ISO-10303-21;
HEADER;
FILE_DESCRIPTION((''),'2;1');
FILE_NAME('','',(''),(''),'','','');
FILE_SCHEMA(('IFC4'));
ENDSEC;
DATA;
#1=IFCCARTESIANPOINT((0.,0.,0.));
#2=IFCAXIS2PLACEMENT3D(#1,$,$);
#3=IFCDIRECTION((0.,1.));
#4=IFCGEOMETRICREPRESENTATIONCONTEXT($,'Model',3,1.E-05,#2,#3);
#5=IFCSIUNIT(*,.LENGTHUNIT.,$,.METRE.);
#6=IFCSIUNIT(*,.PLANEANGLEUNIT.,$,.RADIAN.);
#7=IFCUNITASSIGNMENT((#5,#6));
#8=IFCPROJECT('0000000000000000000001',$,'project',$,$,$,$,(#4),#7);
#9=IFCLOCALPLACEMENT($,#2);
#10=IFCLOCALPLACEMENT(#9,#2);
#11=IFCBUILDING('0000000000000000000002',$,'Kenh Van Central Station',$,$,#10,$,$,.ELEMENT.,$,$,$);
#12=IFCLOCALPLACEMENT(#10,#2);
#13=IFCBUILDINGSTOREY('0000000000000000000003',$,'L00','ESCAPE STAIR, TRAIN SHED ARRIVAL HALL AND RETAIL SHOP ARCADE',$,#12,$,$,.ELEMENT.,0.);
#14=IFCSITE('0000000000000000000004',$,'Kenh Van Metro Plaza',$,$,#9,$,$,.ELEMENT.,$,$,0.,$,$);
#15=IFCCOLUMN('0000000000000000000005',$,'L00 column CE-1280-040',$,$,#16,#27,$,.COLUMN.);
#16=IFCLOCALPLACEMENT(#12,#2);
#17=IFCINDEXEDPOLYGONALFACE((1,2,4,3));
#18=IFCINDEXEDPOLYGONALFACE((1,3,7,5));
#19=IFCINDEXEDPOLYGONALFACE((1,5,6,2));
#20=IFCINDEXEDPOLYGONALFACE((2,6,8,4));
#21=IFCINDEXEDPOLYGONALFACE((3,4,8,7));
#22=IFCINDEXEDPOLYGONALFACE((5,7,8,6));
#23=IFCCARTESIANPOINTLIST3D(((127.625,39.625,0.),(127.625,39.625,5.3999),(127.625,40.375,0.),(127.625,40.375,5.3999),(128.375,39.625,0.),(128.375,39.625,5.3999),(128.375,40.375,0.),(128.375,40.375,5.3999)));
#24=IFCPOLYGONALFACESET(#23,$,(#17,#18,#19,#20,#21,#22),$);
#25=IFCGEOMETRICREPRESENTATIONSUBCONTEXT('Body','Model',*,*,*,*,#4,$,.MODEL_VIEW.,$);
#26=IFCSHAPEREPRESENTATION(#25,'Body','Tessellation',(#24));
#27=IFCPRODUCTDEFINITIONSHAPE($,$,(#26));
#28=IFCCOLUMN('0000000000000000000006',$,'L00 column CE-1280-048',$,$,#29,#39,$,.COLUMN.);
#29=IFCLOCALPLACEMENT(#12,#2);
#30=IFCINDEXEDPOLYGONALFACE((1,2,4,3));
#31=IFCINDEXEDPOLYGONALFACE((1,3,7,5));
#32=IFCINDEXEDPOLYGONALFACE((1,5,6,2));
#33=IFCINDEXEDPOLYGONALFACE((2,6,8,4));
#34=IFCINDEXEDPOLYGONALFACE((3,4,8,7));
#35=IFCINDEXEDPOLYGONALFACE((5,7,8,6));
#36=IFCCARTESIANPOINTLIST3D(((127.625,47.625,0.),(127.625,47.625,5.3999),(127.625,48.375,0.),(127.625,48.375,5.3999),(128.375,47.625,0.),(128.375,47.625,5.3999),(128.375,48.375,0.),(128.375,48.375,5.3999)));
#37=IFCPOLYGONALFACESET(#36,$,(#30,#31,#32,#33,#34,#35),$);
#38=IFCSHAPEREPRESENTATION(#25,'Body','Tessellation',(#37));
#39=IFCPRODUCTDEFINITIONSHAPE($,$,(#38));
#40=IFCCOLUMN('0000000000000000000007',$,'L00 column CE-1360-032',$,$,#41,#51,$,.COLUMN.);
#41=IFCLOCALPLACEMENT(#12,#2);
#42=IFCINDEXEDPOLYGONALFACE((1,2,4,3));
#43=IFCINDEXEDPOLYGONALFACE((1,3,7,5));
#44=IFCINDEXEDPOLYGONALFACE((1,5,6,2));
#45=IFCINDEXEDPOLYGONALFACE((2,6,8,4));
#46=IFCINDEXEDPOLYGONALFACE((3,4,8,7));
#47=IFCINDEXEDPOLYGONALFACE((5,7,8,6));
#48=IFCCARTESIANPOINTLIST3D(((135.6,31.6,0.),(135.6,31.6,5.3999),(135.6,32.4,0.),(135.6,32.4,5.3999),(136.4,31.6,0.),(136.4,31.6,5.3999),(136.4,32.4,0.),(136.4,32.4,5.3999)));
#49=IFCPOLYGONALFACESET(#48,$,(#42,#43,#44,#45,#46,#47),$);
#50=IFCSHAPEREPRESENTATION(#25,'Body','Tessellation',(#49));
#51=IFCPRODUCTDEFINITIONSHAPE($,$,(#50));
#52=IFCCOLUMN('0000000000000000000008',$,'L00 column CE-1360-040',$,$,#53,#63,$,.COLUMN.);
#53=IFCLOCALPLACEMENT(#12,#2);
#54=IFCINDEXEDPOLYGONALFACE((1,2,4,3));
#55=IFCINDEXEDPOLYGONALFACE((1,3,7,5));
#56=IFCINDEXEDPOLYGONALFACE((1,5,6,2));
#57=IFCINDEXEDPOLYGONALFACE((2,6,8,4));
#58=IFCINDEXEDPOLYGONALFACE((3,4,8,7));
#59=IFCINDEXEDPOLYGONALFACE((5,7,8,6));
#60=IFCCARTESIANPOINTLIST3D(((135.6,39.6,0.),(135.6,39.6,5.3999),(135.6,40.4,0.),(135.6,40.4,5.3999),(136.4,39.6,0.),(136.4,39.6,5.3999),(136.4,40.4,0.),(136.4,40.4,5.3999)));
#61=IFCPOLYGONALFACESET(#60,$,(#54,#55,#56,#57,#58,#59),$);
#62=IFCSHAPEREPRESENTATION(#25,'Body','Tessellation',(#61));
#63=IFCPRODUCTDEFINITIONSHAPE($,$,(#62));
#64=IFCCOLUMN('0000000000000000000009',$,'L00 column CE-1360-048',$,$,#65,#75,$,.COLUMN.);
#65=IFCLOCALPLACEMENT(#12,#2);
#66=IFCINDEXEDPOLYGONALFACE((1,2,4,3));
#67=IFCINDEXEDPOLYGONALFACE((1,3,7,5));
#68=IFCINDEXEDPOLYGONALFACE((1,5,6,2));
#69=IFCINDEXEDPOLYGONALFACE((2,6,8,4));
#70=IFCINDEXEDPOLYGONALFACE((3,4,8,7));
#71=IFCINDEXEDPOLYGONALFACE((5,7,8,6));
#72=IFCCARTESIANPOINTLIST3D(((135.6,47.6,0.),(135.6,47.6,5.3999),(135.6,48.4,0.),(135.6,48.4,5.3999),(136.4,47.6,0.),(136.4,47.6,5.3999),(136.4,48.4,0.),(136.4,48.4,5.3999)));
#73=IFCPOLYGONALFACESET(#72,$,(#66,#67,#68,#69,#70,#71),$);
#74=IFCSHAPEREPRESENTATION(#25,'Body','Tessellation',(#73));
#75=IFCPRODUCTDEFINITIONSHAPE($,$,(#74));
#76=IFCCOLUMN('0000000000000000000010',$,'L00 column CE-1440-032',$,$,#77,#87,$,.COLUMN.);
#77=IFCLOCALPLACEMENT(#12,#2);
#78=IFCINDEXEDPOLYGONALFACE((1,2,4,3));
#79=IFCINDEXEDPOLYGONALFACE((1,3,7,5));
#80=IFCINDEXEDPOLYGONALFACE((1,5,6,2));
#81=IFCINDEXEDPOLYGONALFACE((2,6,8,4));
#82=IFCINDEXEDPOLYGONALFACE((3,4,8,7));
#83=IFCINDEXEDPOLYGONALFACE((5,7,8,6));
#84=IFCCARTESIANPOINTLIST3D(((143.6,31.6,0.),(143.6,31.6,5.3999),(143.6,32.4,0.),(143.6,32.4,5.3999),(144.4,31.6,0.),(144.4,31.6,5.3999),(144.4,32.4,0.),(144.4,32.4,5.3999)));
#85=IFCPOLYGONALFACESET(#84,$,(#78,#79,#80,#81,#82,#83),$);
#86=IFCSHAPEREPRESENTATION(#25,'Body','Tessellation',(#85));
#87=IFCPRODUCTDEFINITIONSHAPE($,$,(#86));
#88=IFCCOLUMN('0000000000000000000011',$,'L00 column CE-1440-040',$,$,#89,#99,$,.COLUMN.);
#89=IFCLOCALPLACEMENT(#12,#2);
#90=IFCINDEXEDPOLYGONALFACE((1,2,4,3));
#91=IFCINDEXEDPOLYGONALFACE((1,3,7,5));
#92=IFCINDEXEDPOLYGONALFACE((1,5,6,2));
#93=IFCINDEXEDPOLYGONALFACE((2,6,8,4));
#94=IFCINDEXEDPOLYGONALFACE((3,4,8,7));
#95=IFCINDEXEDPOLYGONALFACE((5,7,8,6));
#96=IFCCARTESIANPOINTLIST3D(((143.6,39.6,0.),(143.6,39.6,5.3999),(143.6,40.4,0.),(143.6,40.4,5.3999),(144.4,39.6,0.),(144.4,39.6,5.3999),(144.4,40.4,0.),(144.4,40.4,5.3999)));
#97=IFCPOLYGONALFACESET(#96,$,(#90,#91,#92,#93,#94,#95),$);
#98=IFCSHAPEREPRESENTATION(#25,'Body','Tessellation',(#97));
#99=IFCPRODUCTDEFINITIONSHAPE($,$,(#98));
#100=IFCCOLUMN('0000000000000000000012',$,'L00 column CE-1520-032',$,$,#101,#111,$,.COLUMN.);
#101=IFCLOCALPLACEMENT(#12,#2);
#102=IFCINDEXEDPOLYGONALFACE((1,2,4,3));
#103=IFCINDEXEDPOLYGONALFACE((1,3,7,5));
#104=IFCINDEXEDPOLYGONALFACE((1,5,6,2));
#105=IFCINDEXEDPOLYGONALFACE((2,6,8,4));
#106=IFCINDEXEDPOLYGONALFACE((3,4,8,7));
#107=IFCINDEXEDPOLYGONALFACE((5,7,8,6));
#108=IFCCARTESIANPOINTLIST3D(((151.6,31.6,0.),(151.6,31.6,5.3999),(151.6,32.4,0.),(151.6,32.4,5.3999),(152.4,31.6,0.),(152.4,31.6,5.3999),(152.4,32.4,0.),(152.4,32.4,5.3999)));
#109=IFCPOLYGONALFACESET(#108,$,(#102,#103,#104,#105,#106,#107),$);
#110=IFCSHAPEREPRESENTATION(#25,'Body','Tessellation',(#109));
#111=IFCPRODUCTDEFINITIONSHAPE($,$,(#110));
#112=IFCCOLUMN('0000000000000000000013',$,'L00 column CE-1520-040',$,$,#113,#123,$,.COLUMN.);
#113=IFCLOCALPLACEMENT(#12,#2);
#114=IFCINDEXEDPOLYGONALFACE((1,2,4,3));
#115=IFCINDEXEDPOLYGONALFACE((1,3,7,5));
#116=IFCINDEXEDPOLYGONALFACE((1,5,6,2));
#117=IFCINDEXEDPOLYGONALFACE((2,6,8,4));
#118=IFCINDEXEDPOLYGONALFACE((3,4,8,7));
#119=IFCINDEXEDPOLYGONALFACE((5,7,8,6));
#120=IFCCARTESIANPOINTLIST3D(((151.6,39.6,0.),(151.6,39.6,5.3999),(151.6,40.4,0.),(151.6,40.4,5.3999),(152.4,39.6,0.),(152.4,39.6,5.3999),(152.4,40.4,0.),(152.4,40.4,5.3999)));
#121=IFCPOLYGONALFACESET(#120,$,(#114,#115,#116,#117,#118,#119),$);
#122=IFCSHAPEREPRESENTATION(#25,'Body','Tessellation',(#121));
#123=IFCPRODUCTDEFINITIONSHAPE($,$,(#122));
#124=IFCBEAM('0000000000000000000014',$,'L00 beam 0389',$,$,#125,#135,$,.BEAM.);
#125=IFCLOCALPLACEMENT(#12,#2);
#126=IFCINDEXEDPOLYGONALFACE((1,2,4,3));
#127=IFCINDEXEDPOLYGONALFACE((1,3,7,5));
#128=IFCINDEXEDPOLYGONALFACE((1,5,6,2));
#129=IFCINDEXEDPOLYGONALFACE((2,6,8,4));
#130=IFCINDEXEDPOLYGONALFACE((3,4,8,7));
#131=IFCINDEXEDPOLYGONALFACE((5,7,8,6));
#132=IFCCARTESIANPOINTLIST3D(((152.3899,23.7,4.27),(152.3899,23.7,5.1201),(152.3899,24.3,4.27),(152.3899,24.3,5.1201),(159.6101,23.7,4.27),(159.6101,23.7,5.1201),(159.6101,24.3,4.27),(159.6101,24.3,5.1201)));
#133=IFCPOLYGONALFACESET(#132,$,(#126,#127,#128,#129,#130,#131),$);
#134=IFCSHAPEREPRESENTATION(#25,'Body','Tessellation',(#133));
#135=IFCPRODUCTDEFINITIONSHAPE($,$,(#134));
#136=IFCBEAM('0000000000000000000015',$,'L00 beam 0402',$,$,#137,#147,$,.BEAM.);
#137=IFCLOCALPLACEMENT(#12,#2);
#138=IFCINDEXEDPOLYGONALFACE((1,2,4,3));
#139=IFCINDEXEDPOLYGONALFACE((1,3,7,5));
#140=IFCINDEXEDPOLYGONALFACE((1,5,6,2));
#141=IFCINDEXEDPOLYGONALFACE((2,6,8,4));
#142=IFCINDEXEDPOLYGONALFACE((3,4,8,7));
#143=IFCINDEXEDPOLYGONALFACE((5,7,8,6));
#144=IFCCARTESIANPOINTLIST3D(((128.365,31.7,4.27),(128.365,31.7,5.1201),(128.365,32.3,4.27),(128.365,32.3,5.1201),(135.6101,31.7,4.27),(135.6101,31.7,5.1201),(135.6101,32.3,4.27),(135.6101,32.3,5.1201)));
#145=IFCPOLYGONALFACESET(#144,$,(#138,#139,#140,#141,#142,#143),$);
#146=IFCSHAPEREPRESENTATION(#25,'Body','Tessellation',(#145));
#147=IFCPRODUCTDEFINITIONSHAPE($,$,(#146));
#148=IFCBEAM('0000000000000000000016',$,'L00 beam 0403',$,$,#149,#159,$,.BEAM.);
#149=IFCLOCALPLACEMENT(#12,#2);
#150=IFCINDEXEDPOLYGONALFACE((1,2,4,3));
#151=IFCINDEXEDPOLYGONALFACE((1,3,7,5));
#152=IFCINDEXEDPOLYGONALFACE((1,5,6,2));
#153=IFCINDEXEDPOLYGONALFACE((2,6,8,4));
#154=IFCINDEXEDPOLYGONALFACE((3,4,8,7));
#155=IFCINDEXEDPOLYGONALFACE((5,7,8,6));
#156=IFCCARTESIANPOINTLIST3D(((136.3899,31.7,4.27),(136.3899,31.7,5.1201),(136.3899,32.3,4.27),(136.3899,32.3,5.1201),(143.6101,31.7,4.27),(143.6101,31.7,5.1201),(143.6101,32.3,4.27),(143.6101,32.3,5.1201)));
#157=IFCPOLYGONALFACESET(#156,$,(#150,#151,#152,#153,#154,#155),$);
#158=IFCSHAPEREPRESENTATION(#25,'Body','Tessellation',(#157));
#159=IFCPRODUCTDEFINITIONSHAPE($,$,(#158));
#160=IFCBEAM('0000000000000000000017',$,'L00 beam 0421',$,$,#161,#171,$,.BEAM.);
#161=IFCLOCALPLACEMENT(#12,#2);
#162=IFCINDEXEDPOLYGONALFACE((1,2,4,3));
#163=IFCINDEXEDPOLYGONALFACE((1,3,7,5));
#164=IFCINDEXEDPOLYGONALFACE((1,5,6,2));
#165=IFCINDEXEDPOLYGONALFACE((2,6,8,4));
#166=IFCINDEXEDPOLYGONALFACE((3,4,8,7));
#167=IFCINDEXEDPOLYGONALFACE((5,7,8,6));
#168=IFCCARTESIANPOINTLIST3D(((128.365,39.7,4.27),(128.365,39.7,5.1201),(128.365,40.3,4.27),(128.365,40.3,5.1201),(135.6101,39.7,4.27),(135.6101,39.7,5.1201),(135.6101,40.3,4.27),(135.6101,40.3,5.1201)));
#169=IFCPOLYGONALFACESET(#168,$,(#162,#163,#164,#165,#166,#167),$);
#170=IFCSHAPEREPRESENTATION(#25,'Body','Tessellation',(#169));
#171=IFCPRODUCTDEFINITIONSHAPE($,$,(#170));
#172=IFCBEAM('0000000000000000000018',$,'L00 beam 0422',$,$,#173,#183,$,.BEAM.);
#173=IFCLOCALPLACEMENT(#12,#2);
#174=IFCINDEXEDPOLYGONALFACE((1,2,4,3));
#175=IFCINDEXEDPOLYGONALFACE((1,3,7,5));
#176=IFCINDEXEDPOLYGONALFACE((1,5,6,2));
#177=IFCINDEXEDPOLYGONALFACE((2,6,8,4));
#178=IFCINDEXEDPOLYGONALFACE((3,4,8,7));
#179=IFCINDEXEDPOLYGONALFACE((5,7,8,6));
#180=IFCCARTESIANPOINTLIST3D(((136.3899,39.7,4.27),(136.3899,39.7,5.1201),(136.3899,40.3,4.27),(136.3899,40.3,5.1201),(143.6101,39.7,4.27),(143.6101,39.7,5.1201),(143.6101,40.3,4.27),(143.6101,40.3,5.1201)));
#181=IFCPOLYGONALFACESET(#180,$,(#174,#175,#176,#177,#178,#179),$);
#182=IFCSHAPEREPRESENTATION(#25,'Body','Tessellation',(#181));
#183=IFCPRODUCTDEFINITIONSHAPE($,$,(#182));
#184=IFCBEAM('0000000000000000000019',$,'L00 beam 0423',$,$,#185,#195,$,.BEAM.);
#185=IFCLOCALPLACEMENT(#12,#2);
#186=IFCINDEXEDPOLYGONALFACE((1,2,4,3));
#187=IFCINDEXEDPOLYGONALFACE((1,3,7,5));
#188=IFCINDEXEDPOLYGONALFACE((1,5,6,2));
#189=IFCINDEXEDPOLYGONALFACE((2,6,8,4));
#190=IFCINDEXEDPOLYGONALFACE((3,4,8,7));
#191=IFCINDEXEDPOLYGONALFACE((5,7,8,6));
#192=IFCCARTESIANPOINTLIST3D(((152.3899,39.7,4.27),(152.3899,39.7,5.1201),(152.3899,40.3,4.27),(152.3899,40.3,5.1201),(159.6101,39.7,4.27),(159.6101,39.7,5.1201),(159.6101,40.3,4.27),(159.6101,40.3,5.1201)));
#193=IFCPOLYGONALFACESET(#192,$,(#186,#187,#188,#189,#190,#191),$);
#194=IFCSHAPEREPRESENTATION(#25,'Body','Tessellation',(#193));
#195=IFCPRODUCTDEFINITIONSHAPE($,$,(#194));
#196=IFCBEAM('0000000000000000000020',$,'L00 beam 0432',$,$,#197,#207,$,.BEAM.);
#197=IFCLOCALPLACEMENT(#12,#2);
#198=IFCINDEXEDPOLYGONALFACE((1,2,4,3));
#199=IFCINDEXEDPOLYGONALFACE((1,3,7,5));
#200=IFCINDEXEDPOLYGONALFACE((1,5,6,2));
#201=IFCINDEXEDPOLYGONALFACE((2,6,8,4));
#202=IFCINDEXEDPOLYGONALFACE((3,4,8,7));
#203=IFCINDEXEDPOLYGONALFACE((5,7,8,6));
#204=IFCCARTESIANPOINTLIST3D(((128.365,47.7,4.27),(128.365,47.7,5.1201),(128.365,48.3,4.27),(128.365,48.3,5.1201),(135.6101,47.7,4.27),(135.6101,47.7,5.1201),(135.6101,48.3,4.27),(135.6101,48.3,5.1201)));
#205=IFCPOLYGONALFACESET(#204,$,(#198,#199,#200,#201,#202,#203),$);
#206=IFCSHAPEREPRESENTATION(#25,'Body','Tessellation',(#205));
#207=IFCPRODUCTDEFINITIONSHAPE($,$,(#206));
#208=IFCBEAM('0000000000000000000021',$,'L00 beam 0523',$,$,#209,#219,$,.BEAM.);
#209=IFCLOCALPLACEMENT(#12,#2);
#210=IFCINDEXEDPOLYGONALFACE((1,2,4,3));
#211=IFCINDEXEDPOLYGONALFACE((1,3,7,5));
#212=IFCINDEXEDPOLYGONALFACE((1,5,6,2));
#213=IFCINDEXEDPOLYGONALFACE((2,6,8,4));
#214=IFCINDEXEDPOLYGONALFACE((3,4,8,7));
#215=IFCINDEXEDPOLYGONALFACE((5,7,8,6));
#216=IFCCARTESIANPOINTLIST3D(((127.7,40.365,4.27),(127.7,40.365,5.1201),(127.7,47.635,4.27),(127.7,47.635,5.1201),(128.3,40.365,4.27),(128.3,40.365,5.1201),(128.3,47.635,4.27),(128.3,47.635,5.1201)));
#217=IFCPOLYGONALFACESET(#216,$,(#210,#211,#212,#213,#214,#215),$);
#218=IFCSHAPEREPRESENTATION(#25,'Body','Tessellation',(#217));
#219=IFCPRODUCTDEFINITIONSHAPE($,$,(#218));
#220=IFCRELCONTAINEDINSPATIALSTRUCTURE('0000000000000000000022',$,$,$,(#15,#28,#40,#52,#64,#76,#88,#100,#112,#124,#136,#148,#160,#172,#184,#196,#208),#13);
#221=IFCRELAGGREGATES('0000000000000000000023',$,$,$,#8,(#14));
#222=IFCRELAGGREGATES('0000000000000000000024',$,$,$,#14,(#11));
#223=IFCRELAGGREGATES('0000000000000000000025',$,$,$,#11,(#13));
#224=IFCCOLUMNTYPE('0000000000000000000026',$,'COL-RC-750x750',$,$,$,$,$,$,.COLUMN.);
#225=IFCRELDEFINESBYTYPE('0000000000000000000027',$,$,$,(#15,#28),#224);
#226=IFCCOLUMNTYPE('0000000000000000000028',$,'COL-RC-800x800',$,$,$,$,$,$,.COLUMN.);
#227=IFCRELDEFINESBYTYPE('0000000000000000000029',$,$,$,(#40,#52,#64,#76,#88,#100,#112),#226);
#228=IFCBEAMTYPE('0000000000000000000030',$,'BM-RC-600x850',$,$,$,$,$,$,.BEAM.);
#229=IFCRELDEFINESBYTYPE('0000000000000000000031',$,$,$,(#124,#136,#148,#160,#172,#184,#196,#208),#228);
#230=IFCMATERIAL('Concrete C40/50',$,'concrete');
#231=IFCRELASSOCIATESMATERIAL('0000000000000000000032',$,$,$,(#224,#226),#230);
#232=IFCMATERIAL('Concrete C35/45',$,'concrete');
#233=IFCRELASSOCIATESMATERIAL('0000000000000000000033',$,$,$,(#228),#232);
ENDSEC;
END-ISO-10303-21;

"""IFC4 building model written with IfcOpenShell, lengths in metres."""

from ifc_helpers import new_model, si_unit, direction, frame, origin, origin_2d, place, context, subcontext, project, spatial, rectangle, extrude, material, material_profile, profile_set, type_object, element, save


model = new_model("IFC4")

# Units and contexts
model_context = context("Model", 3, precision=1e-05, world=origin(), true_north=direction((0.0, 1.0)))
body_context = subcontext(model_context, "Body", "Model", "MODEL_VIEW")
ifc_project = project(units=[si_unit("LENGTHUNIT", "METRE"), si_unit("PLANEANGLEUNIT", "RADIAN")], contexts=[model_context])

# Site, building, storey
site_placement = place(None, origin())
site = spatial("IfcSite", under=ifc_project, at=site_placement, Name="Kenh Van Metro Plaza", CompositionType="ELEMENT", RefElevation=0.0)
building_placement = place(site_placement, origin())
building = spatial("IfcBuilding", under=site, at=building_placement, Name="Kenh Van Central Station", CompositionType="ELEMENT")
storey_placement = place(building_placement, origin())
storey = spatial("IfcBuildingStorey", under=building, at=storey_placement, Name="L00", Description="ESCAPE STAIR, TRAIN SHED ARRIVAL HALL AND RETAIL SHOP ARCADE", CompositionType="ELEMENT", Elevation=0.0)

# Columns
ifc_material_1 = material(Name="Concrete C40/50", Category="concrete")
ifc_material_profile_1 = material_profile(ifc_material_1, rectangle(XDim=0.75, YDim=0.75, at=origin_2d()), Name="RC 750x750")
ifc_profile_set_1 = profile_set([ifc_material_profile_1], Name="Concrete C40/50")
column_type_1 = type_object("IfcColumnType", Name="COL-RC-750x750", PredefinedType="COLUMN", material=ifc_profile_set_1)
for number, where, z_axis, x_axis, name in (
    (1, (128.0, 40.0, 0.0), (0.0, 0.0, 1.0), (1.0, 0.0, 0.0), "L00 column CE-1280-040"),
    (2, (128.0, 48.0, 0.0), (0.0, 0.0, 1.0), (1.0, 0.0, 0.0), "L00 column CE-1280-048"),
):
    element("IfcColumn", number, at=place(storey_placement, frame(where, z_axis=z_axis, x_axis=x_axis)), inside=storey, type_object=column_type_1, Name=name, PredefinedType="COLUMN", context=body_context, shape_type="SweptSolid", body=[
        extrude(rectangle(XDim=0.75, YDim=0.75, at=origin_2d()), origin(), (0.0, 0.0, 1.0), 5.3999),
    ])
ifc_material_profile_2 = material_profile(ifc_material_1, rectangle(XDim=0.8, YDim=0.8, at=origin_2d()), Name="RC 800x800")
ifc_profile_set_2 = profile_set([ifc_material_profile_2], Name="Concrete C40/50")
column_type_2 = type_object("IfcColumnType", Name="COL-RC-800x800", PredefinedType="COLUMN", material=ifc_profile_set_2)
for number, where, z_axis, x_axis, name in (
    (3, (136.0, 32.0, 0.0), (0.0, 0.0, 1.0), (1.0, 0.0, 0.0), "L00 column CE-1360-032"),
    (4, (136.0, 40.0, 0.0), (0.0, 0.0, 1.0), (1.0, 0.0, 0.0), "L00 column CE-1360-040"),
    (5, (136.0, 48.0, 0.0), (0.0, 0.0, 1.0), (1.0, 0.0, 0.0), "L00 column CE-1360-048"),
    (6, (144.0, 32.0, 0.0), (0.0, 0.0, 1.0), (1.0, 0.0, 0.0), "L00 column CE-1440-032"),
    (7, (144.0, 40.0, 0.0), (0.0, 0.0, 1.0), (1.0, 0.0, 0.0), "L00 column CE-1440-040"),
    (8, (152.0, 32.0, 0.0), (0.0, 0.0, 1.0), (1.0, 0.0, 0.0), "L00 column CE-1520-032"),
    (9, (152.0, 40.0, 0.0), (0.0, 0.0, 1.0), (1.0, 0.0, 0.0), "L00 column CE-1520-040"),
):
    element("IfcColumn", number, at=place(storey_placement, frame(where, z_axis=z_axis, x_axis=x_axis)), inside=storey, type_object=column_type_2, Name=name, PredefinedType="COLUMN", context=body_context, shape_type="SweptSolid", body=[
        extrude(rectangle(XDim=0.8, YDim=0.8, at=origin_2d()), origin(), (0.0, 0.0, 1.0), 5.3999),
    ])

# Beams
ifc_material_2 = material(Name="Concrete C35/45", Category="concrete")
ifc_material_profile_3 = material_profile(ifc_material_2, rectangle(XDim=0.6001, YDim=0.8501, at=origin_2d()), Name="RC 600x850")
ifc_profile_set_3 = profile_set([ifc_material_profile_3], Name="Concrete C35/45")
beam_type_1 = type_object("IfcBeamType", Name="BM-RC-600x850", PredefinedType="BEAM", material=ifc_profile_set_3)
beam_1_placement = place(storey_placement, frame((152.3899, 24.0, 4.6951), z_axis=(1.0, 0.0, 0.0), x_axis=(0.0, 1.0, 0.0)))
element("IfcBeam", 10, at=beam_1_placement, inside=storey, type_object=beam_type_1, Name="L00 beam 0389", PredefinedType="BEAM", context=body_context, shape_type="SweptSolid", body=[
    extrude(rectangle(XDim=0.6001, YDim=0.8501, at=origin_2d()), origin(), (0.0, 0.0, 1.0), 7.2202),
])
beam_2_placement = place(storey_placement, frame((128.365, 32.0, 4.6951), z_axis=(1.0, 0.0, 0.0), x_axis=(0.0, 1.0, 0.0)))
element("IfcBeam", 11, at=beam_2_placement, inside=storey, type_object=beam_type_1, Name="L00 beam 0402", PredefinedType="BEAM", context=body_context, shape_type="SweptSolid", body=[
    extrude(rectangle(XDim=0.6001, YDim=0.8501, at=origin_2d()), origin(), (0.0, 0.0, 1.0), 7.2451),
])
beam_3_placement = place(storey_placement, frame((136.3899, 32.0, 4.6951), z_axis=(1.0, 0.0, 0.0), x_axis=(0.0, 1.0, 0.0)))
element("IfcBeam", 12, at=beam_3_placement, inside=storey, type_object=beam_type_1, Name="L00 beam 0403", PredefinedType="BEAM", context=body_context, shape_type="SweptSolid", body=[
    extrude(rectangle(XDim=0.6001, YDim=0.8501, at=origin_2d()), origin(), (0.0, 0.0, 1.0), 7.2202),
])
beam_4_placement = place(storey_placement, frame((128.365, 40.0, 4.6951), z_axis=(1.0, 0.0, 0.0), x_axis=(0.0, 1.0, 0.0)))
element("IfcBeam", 13, at=beam_4_placement, inside=storey, type_object=beam_type_1, Name="L00 beam 0421", PredefinedType="BEAM", context=body_context, shape_type="SweptSolid", body=[
    extrude(rectangle(XDim=0.6001, YDim=0.8501, at=origin_2d()), origin(), (0.0, 0.0, 1.0), 7.2451),
])
for number, where, z_axis, x_axis, name in (
    (14, (136.3899, 40.0, 4.6951), (1.0, 0.0, 0.0), (0.0, 1.0, 0.0), "L00 beam 0422"),
    (15, (152.3899, 40.0, 4.6951), (1.0, 0.0, 0.0), (0.0, 1.0, 0.0), "L00 beam 0423"),
):
    element("IfcBeam", number, at=place(storey_placement, frame(where, z_axis=z_axis, x_axis=x_axis)), inside=storey, type_object=beam_type_1, Name=name, PredefinedType="BEAM", context=body_context, shape_type="SweptSolid", body=[
        extrude(rectangle(XDim=0.6001, YDim=0.8501, at=origin_2d()), origin(), (0.0, 0.0, 1.0), 7.2202),
    ])
beam_5_placement = place(storey_placement, frame((128.365, 48.0, 4.6951), z_axis=(1.0, 0.0, 0.0), x_axis=(0.0, 1.0, 0.0)))
element("IfcBeam", 16, at=beam_5_placement, inside=storey, type_object=beam_type_1, Name="L00 beam 0432", PredefinedType="BEAM", context=body_context, shape_type="SweptSolid", body=[
    extrude(rectangle(XDim=0.6001, YDim=0.8501, at=origin_2d()), origin(), (0.0, 0.0, 1.0), 7.2451),
])
beam_6_placement = place(storey_placement, frame((128.0, 40.365, 4.6951), z_axis=(0.0, 1.0, 0.0), x_axis=(-1.0, 0.0, 0.0)))
element("IfcBeam", 17, at=beam_6_placement, inside=storey, type_object=beam_type_1, Name="L00 beam 0523", PredefinedType="BEAM", context=body_context, shape_type="SweptSolid", body=[
    extrude(rectangle(XDim=0.6001, YDim=0.8501, at=origin_2d()), origin(), (0.0, 0.0, 1.0), 7.27),
])

save(model, "model.ifc")
